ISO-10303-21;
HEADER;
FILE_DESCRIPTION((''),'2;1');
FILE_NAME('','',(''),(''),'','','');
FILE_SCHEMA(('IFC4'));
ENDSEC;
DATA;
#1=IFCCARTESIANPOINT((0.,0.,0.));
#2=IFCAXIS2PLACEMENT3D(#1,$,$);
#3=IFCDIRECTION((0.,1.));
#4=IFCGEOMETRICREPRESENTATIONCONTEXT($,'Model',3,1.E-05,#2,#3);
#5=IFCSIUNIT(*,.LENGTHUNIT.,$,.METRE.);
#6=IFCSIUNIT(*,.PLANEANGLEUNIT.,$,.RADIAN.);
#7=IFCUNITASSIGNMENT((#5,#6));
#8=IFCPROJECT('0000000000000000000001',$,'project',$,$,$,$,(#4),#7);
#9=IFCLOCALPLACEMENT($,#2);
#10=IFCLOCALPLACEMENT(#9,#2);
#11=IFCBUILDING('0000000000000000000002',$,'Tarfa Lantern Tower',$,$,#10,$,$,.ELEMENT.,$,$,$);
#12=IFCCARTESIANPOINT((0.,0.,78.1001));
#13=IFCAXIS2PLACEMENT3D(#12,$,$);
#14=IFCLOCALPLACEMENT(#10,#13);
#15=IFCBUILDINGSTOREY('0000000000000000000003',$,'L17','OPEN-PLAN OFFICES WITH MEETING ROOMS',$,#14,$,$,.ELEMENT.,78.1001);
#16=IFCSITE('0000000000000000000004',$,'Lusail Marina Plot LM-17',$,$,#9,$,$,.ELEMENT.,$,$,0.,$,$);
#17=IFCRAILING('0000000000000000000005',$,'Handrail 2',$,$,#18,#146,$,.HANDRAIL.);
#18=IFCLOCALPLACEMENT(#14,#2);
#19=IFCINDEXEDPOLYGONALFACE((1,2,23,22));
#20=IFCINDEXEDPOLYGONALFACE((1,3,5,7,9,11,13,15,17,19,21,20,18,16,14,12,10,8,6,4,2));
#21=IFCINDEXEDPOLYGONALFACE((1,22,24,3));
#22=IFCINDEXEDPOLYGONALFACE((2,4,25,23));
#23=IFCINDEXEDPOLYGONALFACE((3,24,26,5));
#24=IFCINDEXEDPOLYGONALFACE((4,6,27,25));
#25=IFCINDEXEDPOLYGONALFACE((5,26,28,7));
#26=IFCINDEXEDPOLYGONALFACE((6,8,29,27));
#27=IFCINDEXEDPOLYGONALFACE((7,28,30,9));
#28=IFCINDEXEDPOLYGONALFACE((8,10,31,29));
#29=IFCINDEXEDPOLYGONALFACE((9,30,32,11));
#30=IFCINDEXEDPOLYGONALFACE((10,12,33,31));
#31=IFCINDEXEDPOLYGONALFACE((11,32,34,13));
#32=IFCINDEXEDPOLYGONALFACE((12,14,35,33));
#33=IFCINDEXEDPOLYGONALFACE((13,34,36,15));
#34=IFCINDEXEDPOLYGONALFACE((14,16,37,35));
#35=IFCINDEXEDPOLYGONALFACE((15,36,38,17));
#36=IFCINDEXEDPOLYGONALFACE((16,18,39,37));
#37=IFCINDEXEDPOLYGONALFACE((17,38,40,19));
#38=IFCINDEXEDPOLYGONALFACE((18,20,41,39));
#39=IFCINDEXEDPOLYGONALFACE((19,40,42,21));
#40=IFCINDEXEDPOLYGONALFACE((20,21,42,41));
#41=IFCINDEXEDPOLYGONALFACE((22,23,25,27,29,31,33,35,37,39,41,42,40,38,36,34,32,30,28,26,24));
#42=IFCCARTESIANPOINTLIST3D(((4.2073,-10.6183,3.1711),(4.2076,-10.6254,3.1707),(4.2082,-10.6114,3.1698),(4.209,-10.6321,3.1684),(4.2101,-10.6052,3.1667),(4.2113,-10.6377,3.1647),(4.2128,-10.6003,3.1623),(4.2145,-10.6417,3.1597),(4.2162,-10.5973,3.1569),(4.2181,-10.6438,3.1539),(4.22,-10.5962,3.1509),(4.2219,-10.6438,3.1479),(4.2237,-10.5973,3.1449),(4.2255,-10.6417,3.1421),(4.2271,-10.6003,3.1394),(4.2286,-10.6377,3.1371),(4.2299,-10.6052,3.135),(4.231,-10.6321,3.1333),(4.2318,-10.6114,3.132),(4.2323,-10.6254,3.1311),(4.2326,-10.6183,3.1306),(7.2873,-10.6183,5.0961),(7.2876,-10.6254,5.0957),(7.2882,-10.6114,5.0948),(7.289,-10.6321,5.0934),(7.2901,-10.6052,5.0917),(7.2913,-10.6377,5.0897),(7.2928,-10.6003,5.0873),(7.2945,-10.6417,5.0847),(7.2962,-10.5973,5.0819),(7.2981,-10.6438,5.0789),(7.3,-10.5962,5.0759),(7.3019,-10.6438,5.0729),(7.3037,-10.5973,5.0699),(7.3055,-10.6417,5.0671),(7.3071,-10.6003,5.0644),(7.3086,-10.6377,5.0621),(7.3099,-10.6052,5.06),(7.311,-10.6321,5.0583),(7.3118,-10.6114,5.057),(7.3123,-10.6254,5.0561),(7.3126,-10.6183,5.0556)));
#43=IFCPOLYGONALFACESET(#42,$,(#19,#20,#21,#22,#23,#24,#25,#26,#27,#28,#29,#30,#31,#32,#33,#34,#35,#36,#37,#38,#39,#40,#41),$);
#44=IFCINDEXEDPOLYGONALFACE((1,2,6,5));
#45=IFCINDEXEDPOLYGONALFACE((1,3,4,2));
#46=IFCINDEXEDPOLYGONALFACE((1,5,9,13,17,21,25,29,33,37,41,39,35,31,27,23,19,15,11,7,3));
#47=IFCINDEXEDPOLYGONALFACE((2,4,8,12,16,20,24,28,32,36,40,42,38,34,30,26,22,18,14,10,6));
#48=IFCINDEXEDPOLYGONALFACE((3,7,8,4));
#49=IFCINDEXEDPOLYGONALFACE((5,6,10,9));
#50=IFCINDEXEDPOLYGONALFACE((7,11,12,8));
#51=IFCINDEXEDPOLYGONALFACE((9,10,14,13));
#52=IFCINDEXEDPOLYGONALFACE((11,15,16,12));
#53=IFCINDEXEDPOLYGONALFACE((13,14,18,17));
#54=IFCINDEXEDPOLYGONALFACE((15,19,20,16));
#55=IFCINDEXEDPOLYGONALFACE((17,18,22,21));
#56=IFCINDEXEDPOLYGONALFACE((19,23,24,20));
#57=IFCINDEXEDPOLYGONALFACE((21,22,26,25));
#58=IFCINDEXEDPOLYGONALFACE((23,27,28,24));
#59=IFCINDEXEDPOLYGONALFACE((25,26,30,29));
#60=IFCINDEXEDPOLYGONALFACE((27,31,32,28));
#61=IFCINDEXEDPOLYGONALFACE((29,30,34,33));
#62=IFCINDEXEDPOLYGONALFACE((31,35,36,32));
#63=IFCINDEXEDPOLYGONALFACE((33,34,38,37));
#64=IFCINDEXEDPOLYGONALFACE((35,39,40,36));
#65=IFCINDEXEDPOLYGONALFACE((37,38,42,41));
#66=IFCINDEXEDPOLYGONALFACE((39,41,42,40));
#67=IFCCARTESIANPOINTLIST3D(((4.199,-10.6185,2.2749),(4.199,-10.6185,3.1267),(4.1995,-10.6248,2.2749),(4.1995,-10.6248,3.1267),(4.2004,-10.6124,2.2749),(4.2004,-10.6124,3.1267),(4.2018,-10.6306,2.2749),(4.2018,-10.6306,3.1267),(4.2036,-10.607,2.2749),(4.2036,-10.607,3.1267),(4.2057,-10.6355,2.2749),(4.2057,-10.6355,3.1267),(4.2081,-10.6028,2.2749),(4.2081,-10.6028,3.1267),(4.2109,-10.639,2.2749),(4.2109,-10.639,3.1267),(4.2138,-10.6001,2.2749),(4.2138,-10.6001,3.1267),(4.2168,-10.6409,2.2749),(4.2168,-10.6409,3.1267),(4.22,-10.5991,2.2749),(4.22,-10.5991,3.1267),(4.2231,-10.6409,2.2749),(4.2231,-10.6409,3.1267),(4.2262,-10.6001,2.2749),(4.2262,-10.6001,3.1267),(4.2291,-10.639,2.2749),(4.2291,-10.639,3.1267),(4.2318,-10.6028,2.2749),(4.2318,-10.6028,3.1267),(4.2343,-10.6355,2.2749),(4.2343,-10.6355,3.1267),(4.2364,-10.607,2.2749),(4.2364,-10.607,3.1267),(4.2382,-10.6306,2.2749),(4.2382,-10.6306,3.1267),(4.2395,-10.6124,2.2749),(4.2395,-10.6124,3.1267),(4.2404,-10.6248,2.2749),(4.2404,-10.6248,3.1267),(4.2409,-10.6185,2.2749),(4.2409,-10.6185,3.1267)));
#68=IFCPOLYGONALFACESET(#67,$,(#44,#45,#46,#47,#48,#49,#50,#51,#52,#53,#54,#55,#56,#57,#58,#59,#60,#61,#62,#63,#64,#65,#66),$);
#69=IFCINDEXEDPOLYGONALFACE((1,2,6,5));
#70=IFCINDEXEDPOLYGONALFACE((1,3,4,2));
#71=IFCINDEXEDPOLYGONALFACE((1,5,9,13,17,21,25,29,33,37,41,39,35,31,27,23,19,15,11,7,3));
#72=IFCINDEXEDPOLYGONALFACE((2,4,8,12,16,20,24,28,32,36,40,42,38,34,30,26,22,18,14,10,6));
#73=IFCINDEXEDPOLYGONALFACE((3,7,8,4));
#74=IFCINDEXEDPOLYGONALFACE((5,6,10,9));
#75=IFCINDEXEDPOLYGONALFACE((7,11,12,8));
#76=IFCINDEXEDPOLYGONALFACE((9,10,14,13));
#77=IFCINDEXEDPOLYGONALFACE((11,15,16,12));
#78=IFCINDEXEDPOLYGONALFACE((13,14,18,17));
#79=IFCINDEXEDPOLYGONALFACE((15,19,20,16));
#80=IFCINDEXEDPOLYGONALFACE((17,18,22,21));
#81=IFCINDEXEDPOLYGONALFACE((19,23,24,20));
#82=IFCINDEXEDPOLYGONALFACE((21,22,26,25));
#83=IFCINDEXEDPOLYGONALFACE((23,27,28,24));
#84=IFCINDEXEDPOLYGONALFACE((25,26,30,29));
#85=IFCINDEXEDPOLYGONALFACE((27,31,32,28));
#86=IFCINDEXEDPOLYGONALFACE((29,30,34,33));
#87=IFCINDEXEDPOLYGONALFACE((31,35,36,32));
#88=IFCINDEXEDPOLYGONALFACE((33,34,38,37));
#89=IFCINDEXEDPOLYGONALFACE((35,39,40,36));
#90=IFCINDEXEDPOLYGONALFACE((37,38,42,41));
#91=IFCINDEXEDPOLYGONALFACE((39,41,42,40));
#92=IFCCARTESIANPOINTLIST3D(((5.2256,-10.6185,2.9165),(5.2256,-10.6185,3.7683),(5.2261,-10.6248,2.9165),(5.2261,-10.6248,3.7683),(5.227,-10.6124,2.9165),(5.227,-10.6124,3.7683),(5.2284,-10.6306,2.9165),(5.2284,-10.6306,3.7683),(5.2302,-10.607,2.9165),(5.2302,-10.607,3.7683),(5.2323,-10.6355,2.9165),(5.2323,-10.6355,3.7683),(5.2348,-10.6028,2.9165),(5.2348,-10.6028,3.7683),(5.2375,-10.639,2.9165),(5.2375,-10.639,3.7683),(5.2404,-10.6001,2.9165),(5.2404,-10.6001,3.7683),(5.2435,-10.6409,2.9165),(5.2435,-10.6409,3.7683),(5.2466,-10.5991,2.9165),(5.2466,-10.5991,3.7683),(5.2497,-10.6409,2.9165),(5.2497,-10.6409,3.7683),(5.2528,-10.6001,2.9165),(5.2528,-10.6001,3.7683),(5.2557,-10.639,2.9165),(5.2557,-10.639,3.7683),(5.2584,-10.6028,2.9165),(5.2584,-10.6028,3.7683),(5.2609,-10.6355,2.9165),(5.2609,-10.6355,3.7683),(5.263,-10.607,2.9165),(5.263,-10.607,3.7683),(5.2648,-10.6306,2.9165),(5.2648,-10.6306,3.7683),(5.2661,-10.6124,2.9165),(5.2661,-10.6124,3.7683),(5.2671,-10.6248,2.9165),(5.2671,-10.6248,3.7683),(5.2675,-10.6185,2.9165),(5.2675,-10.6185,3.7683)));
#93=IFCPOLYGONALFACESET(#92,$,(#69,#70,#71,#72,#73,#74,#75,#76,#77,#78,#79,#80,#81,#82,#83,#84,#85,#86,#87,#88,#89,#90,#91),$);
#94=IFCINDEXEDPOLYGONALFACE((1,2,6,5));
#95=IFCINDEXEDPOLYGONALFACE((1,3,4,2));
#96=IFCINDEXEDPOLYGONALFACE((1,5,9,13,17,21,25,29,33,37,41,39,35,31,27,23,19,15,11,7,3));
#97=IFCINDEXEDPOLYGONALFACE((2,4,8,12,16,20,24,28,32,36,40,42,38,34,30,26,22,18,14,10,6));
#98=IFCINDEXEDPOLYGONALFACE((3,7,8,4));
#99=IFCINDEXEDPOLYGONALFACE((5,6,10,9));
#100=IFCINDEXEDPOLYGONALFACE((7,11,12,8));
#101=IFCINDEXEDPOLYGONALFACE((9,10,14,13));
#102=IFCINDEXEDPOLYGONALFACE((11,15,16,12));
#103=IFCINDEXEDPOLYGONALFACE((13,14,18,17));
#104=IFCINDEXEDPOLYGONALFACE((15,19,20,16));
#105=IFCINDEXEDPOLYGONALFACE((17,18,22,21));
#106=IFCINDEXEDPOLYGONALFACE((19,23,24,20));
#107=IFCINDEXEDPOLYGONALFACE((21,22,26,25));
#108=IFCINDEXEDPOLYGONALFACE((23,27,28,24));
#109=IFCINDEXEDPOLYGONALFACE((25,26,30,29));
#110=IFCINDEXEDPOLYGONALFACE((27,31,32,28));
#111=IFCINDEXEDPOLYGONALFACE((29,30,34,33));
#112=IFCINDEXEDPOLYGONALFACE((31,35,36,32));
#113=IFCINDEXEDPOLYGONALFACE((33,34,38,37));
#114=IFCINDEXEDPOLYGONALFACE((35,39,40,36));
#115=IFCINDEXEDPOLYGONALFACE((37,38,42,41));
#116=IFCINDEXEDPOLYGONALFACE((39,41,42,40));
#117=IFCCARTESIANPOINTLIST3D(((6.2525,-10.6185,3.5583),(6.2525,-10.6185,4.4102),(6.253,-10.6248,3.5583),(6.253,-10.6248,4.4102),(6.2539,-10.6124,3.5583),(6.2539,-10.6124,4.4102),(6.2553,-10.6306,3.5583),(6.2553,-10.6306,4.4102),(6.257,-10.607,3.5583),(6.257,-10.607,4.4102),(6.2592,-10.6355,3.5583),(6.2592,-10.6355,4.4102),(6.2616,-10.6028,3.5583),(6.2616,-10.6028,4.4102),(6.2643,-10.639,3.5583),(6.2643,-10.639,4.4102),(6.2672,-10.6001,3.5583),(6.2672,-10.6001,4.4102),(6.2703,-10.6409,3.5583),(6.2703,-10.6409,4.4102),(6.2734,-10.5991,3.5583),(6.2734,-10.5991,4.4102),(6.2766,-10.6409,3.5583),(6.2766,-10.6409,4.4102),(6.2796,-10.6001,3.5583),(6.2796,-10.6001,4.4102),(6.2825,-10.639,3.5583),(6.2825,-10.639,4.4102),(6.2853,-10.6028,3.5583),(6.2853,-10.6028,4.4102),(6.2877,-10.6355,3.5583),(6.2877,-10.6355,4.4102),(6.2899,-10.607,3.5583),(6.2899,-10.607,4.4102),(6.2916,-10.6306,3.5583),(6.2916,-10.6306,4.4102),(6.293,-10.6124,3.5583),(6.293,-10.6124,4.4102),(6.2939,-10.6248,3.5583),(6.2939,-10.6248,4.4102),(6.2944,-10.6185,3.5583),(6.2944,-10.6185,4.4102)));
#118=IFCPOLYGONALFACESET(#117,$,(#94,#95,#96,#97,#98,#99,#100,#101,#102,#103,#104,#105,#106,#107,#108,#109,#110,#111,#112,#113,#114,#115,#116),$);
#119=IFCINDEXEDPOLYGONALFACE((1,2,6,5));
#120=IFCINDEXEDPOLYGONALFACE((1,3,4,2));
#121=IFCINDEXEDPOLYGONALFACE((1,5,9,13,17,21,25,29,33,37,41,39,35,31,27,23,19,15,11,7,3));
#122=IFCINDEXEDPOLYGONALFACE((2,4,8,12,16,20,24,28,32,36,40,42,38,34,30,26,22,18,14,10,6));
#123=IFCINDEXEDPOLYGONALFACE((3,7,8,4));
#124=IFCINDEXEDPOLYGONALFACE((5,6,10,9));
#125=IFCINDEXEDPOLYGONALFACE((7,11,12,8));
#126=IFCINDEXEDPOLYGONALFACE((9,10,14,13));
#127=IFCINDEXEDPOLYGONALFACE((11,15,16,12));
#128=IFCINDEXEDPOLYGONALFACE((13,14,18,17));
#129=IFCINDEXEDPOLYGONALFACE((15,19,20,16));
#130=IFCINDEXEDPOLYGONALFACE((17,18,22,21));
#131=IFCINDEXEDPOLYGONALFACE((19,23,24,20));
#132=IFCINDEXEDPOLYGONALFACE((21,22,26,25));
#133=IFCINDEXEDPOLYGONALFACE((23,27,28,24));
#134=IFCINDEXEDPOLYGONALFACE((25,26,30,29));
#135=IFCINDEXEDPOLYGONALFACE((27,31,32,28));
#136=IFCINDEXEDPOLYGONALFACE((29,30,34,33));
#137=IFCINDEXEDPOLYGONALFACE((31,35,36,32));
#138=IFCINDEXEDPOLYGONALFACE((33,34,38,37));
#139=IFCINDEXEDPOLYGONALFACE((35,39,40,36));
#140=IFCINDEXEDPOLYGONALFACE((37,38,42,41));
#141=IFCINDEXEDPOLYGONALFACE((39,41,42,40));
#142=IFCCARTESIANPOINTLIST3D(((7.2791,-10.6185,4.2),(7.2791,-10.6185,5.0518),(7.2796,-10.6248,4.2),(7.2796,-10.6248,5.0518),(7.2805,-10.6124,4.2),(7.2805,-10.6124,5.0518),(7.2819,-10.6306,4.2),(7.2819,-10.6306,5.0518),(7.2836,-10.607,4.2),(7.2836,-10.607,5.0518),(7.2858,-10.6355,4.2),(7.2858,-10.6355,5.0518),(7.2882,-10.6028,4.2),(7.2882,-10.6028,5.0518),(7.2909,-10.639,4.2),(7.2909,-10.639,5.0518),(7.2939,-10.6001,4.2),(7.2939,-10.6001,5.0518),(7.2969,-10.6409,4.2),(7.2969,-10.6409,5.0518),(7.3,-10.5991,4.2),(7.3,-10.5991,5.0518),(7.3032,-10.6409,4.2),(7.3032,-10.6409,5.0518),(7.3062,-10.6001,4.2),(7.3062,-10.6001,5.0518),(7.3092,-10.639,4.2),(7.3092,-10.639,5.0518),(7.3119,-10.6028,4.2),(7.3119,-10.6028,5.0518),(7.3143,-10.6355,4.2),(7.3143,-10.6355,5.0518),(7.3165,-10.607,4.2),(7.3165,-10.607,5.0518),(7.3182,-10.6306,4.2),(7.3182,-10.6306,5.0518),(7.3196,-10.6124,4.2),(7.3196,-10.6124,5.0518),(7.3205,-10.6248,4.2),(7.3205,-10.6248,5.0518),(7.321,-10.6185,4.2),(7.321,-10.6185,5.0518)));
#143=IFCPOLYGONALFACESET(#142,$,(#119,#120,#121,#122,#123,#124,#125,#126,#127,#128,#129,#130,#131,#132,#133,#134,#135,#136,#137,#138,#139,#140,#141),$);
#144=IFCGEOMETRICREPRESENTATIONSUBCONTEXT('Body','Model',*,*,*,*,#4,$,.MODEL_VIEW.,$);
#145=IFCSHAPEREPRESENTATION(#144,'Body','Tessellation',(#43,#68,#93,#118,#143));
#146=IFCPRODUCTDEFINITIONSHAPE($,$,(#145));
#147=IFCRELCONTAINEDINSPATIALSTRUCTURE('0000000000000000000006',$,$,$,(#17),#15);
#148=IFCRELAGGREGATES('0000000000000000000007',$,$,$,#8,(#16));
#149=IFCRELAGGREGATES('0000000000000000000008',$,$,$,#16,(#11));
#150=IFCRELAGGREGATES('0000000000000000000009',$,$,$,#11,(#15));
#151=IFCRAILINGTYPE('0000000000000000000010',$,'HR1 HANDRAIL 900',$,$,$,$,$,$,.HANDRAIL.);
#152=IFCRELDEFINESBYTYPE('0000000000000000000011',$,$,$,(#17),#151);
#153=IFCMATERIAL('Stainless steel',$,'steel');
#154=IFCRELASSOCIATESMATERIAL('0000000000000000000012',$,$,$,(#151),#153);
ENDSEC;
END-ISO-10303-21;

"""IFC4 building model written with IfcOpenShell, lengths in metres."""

from ifc_helpers import new_model, si_unit, direction, frame, origin, origin_2d, place, context, subcontext, project, spatial, circle, extrude, material, type_object, element, save


model = new_model("IFC4")

# Units and contexts
model_context = context("Model", 3, precision=1e-05, world=origin(), true_north=direction((0.0, 1.0)))
body_context = subcontext(model_context, "Body", "Model", "MODEL_VIEW")
ifc_project = project(units=[si_unit("LENGTHUNIT", "METRE"), si_unit("PLANEANGLEUNIT", "RADIAN")], contexts=[model_context])

# Site, building, storey
site_placement = place(None, origin())
site = spatial("IfcSite", under=ifc_project, at=site_placement, Name="Lusail Marina Plot LM-17", CompositionType="ELEMENT", RefElevation=0.0)
building_placement = place(site_placement, origin())
building = spatial("IfcBuilding", under=site, at=building_placement, Name="Tarfa Lantern Tower", CompositionType="ELEMENT")
storey_placement = place(building_placement, frame((0.0, 0.0, 78.1001)))
storey = spatial("IfcBuildingStorey", under=building, at=storey_placement, Name="L17", Description="OPEN-PLAN OFFICES WITH MEETING ROOMS", CompositionType="ELEMENT", Elevation=78.1001)

# Railing
ifc_material_1 = material(Name="Stainless steel", Category="steel")
railing_type = type_object("IfcRailingType", Name="HR1 HANDRAIL 900", PredefinedType="HANDRAIL", material=ifc_material_1)
railing_1_placement = place(storey_placement, frame((4.22, -10.6201, 2.2749)))
element("IfcRailing", 1, at=railing_1_placement, inside=storey, type_object=railing_type, Name="Handrail 2", PredefinedType="HANDRAIL", context=body_context, shape_type="SweptSolid", body=[
    extrude(circle(Radius=0.0239, at=origin_2d()), frame((0.0, 0.0, 0.876), z_axis=(0.847998, 0.0, 0.529999), x_axis=(0.0, 1.0, 0.0)), (0.0, 0.0, 1.0), 3.6321),
    extrude(circle(Radius=0.021, at=origin_2d()), frame((0.0, 0.0, 0.0), z_axis=(0.0, 0.0, 1.0), x_axis=(0.0, 1.0, 0.0)), (0.0, 0.0, 1.0), 0.8518),
    extrude(circle(Radius=0.021, at=origin_2d()), frame((1.0266, 0.0, 0.6416), z_axis=(0.0, 0.0, 1.0), x_axis=(0.0, 1.0, 0.0)), (0.0, 0.0, 1.0), 0.8518),
    extrude(circle(Radius=0.021, at=origin_2d()), frame((2.0535, 0.0, 1.2834), z_axis=(0.0, 0.0, 1.0), x_axis=(0.0, 1.0, 0.0)), (0.0, 0.0, 1.0), 0.8518),
    extrude(circle(Radius=0.021, at=origin_2d()), frame((3.0801, 0.0, 1.925), z_axis=(0.0, 0.0, 1.0), x_axis=(0.0, 1.0, 0.0)), (0.0, 0.0, 1.0), 0.8518),
])

save(model, "model.ifc")
